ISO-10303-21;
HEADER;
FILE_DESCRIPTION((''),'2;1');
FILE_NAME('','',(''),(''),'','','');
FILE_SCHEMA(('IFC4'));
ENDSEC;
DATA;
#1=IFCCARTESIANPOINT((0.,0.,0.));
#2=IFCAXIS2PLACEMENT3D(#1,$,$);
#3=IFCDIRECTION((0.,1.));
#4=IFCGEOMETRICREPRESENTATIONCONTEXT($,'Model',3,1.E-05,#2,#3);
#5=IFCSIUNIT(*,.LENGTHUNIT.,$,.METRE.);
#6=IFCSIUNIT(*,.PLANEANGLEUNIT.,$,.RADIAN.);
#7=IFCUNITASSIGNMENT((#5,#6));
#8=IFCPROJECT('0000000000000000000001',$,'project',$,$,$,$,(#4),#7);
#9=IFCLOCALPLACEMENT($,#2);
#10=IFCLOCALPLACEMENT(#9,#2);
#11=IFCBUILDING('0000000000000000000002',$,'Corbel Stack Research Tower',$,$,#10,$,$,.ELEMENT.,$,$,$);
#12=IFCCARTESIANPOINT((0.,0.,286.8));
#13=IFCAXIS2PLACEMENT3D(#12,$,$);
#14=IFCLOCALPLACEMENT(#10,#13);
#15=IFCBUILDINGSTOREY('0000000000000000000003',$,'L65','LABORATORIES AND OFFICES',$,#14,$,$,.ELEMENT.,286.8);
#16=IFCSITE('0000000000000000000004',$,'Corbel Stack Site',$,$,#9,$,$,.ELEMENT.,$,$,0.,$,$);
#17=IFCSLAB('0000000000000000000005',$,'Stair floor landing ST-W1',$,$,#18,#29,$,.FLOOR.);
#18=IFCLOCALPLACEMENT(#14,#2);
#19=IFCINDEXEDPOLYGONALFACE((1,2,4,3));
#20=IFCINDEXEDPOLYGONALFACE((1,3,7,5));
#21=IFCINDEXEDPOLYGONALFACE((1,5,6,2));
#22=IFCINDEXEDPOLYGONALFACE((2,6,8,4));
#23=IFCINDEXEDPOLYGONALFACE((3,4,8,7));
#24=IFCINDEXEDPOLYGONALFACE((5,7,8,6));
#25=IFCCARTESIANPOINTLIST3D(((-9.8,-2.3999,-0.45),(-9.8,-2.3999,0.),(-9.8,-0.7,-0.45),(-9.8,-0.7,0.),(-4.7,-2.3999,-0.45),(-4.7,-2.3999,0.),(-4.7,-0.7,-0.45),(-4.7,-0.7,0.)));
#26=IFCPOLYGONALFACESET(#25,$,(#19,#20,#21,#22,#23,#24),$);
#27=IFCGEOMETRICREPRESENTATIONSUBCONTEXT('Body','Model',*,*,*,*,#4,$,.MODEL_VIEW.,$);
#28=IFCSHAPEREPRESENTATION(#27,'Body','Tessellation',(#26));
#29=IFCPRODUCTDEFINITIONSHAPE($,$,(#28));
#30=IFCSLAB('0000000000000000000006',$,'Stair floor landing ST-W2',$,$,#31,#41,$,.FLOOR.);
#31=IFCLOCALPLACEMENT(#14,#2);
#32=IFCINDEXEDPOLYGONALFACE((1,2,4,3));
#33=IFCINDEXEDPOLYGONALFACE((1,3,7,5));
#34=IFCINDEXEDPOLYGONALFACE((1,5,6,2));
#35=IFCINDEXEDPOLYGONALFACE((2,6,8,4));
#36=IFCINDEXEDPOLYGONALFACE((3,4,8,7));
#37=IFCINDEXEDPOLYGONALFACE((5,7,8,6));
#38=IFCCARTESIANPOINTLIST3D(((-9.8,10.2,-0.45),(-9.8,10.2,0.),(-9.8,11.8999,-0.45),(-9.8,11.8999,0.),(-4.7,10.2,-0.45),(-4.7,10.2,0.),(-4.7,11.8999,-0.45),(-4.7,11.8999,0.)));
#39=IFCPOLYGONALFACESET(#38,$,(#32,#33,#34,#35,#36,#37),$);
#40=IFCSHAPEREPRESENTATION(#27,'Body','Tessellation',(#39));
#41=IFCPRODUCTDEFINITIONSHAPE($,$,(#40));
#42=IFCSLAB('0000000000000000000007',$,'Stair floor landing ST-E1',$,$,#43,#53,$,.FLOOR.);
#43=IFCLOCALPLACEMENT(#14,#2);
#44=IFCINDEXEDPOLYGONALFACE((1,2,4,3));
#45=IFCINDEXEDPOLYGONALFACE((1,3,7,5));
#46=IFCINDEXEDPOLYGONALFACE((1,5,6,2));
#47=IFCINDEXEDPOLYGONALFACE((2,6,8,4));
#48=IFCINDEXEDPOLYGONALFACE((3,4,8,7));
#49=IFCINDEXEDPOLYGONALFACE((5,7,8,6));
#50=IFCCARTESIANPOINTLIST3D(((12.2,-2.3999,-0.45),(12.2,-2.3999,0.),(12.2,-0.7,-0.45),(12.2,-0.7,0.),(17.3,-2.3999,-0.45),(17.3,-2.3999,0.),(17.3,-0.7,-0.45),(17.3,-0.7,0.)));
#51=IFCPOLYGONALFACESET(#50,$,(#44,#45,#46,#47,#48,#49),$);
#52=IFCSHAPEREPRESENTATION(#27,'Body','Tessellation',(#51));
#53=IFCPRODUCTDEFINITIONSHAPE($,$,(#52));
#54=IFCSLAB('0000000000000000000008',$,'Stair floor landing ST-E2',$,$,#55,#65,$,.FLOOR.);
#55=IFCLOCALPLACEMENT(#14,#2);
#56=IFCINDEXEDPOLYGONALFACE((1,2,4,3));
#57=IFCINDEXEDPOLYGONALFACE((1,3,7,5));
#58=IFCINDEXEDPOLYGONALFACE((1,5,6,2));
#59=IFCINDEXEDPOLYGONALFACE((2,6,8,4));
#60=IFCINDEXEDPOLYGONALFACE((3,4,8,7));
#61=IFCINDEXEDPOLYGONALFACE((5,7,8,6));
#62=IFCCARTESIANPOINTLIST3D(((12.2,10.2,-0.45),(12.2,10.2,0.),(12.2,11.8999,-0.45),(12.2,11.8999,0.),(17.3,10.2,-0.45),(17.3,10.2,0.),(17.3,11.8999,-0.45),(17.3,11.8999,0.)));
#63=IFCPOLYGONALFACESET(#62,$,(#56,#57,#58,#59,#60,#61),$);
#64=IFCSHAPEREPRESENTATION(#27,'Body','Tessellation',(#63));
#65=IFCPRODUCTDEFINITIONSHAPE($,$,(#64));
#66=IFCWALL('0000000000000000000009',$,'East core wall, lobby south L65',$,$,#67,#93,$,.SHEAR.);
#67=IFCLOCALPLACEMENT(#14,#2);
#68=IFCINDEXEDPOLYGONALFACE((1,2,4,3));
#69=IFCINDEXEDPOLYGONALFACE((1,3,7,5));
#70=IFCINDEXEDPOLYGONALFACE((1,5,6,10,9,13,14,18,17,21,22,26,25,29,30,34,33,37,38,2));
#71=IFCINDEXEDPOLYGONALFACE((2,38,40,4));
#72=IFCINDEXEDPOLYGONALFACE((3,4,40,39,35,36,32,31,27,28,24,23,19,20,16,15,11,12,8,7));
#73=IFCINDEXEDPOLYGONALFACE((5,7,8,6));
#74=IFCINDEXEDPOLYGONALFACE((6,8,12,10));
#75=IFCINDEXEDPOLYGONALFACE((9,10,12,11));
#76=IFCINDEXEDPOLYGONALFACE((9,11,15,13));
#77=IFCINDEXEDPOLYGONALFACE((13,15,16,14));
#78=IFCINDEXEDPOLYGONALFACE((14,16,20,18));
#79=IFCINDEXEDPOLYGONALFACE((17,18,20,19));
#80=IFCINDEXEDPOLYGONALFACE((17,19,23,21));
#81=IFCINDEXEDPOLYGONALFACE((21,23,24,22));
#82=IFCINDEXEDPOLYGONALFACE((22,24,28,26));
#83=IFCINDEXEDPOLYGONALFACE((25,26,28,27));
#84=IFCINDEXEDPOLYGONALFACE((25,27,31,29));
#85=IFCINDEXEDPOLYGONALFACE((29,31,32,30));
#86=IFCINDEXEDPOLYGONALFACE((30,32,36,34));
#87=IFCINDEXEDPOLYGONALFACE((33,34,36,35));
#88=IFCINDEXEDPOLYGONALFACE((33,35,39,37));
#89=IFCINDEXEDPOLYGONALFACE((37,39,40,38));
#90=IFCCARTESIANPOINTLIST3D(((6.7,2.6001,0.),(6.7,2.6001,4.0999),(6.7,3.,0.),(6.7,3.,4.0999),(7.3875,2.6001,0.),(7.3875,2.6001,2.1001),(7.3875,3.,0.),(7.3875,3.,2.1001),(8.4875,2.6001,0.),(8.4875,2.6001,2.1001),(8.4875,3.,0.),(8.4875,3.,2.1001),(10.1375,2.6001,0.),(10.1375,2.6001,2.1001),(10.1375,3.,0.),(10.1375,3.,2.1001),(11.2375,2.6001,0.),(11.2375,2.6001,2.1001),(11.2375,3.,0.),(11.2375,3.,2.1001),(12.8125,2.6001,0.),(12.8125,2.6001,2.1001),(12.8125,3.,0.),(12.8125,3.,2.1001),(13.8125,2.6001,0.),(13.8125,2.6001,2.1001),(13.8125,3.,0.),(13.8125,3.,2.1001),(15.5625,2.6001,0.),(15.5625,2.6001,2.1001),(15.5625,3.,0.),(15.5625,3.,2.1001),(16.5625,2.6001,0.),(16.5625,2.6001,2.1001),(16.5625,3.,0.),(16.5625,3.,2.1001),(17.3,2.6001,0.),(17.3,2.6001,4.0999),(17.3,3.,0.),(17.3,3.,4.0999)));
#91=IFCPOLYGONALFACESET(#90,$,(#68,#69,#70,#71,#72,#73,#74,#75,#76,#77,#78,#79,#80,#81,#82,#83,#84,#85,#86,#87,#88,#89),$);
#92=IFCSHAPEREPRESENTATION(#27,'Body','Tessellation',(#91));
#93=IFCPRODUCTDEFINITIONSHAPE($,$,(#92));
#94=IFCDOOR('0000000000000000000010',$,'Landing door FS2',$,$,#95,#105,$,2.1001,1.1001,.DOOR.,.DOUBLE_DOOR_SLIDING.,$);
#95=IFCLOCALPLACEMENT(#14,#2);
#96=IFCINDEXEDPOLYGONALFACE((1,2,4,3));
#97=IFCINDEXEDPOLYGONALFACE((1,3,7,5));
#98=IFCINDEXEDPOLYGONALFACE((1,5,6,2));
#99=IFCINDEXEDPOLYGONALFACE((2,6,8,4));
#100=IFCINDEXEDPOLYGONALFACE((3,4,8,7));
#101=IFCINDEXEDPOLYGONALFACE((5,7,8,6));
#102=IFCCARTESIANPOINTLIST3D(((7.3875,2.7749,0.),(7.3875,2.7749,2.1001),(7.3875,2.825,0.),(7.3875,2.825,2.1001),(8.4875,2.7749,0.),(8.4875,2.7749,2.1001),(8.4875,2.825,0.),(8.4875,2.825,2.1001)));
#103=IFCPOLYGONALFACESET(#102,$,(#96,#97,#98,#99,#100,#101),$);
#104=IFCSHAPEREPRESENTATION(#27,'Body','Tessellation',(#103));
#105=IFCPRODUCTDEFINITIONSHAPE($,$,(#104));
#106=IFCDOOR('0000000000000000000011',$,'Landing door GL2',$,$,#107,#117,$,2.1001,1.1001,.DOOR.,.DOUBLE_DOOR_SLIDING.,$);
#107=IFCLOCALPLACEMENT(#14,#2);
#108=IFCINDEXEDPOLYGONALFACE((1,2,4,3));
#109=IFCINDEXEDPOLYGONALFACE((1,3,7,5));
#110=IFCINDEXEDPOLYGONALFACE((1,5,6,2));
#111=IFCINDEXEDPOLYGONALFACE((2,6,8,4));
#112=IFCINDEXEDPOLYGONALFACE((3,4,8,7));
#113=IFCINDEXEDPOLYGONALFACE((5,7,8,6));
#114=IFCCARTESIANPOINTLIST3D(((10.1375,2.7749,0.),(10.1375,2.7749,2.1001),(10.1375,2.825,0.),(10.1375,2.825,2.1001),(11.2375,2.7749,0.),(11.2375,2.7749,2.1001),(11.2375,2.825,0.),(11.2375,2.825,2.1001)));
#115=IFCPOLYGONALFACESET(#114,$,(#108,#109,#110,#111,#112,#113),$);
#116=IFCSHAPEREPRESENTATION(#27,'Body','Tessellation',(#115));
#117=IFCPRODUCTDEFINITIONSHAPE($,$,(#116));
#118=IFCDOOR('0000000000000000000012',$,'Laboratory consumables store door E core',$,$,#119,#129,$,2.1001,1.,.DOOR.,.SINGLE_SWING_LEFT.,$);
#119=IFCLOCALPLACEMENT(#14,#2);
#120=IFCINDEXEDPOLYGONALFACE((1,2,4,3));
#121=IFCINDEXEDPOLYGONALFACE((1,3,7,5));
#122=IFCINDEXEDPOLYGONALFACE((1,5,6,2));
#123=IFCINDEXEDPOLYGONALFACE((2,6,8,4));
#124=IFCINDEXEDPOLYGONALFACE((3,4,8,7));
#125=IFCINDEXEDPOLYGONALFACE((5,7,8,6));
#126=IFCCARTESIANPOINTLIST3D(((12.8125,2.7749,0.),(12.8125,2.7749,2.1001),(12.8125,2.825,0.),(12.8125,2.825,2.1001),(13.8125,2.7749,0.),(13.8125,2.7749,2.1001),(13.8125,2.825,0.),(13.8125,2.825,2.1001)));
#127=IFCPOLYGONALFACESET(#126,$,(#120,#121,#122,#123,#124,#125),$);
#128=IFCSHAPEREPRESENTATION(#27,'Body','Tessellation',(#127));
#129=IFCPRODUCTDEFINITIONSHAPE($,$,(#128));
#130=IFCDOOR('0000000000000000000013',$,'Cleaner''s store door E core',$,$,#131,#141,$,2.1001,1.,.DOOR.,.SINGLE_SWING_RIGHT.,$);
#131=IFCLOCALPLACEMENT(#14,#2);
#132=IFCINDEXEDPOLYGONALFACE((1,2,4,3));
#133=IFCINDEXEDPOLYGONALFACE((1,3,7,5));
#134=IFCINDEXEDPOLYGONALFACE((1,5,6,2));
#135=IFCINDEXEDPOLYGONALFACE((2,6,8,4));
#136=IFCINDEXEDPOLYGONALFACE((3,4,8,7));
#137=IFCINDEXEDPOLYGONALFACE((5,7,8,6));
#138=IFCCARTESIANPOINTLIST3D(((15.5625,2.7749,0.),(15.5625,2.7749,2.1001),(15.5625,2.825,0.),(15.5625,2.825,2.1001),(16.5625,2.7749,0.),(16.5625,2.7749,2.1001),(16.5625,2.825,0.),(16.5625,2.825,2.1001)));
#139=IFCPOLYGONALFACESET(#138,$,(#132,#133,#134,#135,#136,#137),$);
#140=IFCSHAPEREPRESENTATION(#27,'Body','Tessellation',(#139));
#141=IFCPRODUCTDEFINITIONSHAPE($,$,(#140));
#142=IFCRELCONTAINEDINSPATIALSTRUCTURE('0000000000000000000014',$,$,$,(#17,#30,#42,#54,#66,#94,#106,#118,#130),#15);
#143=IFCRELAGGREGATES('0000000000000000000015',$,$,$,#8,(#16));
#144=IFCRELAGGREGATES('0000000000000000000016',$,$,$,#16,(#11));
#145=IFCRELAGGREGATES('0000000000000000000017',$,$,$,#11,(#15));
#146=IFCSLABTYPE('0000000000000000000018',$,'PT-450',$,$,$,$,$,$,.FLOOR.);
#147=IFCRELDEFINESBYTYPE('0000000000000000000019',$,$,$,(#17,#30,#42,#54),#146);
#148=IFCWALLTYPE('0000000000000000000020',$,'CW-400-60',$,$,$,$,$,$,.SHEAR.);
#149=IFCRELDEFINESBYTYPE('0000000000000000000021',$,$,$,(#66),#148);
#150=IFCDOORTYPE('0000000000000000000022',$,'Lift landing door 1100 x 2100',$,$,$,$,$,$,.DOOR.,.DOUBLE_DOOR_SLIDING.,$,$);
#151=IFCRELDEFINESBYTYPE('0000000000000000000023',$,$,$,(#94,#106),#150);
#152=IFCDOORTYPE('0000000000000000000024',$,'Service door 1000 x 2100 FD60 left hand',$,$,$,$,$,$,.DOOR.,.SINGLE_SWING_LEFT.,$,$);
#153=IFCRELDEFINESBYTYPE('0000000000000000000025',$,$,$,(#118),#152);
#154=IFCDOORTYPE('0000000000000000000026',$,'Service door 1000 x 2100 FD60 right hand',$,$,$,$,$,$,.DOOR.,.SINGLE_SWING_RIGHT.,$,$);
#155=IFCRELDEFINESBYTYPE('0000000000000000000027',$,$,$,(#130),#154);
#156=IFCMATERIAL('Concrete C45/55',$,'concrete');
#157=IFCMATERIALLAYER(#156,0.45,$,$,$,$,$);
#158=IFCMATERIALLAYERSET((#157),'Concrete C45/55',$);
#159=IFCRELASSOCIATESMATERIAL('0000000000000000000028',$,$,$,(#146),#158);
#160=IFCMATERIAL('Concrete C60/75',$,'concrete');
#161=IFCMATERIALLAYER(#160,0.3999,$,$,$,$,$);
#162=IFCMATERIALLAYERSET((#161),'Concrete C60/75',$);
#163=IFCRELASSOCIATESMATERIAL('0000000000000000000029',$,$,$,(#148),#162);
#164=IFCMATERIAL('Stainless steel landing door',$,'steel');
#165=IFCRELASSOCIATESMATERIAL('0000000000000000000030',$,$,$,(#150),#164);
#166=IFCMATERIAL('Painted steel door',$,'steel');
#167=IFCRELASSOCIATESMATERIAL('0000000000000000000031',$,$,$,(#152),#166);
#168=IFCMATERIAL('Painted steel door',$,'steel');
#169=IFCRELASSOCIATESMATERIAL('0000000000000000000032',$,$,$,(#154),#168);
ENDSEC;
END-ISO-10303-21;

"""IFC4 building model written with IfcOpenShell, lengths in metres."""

from ifc_helpers import new_model, si_unit, direction, frame, frame_2d, origin, place, context, subcontext, project, spatial, polyline, rectangle, outline, extrude, material, layer, layer_set, type_object, element, fill, save


model = new_model("IFC4")

# Units and contexts
model_context = context("Model", 3, precision=1e-05, world=origin(), true_north=direction((0.0, 1.0)))
body_context = subcontext(model_context, "Body", "Model", "MODEL_VIEW")
ifc_project = project(units=[si_unit("LENGTHUNIT", "METRE"), si_unit("PLANEANGLEUNIT", "RADIAN")], contexts=[model_context])

# Site, building, storey
site_placement = place(None, origin())
site = spatial("IfcSite", under=ifc_project, at=site_placement, Name="Corbel Stack Site", CompositionType="ELEMENT", RefElevation=0.0)
building_placement = place(site_placement, origin())
building = spatial("IfcBuilding", under=site, at=building_placement, Name="Corbel Stack Research Tower", CompositionType="ELEMENT")
storey_placement = place(building_placement, frame((0.0, 0.0, 286.8)))
storey = spatial("IfcBuildingStorey", under=building, at=storey_placement, Name="L65", Description="LABORATORIES AND OFFICES", CompositionType="ELEMENT", Elevation=286.8)

# Slabs
ifc_material_1 = material(Name="Concrete C45/55", Category="concrete")
ifc_layer_1 = layer(ifc_material_1, 0.45)
ifc_layer_set_1 = layer_set([ifc_layer_1], Name="Concrete C45/55")
slab_type = type_object("IfcSlabType", Name="PT-450", PredefinedType="FLOOR", material=ifc_layer_set_1)
slab_1_placement = place(storey_placement, frame((0.0, 0.0, -0.45)))
element("IfcSlab", 1, at=slab_1_placement, inside=storey, type_object=slab_type, Name="Stair floor landing ST-W1", PredefinedType="FLOOR", context=body_context, shape_type="SweptSolid", body=[
    extrude(outline(polyline([(-9.8, -2.3999), (-4.7, -2.3999), (-4.7, -0.7), (-9.8, -0.7), (-9.8, -2.3999)])), origin(), (0.0, 0.0, 1.0), 0.45),
])
slab_2_placement = place(storey_placement, frame((0.0, 0.0, -0.45)))
element("IfcSlab", 2, at=slab_2_placement, inside=storey, type_object=slab_type, Name="Stair floor landing ST-W2", PredefinedType="FLOOR", context=body_context, shape_type="SweptSolid", body=[
    extrude(outline(polyline([(-9.8, 10.2), (-4.7, 10.2), (-4.7, 11.8999), (-9.8, 11.8999), (-9.8, 10.2)])), origin(), (0.0, 0.0, 1.0), 0.45),
])
slab_3_placement = place(storey_placement, frame((0.0, 0.0, -0.45)))
element("IfcSlab", 3, at=slab_3_placement, inside=storey, type_object=slab_type, Name="Stair floor landing ST-E1", PredefinedType="FLOOR", context=body_context, shape_type="SweptSolid", body=[
    extrude(outline(polyline([(12.2, -2.3999), (17.3, -2.3999), (17.3, -0.7), (12.2, -0.7), (12.2, -2.3999)])), origin(), (0.0, 0.0, 1.0), 0.45),
])
slab_4_placement = place(storey_placement, frame((0.0, 0.0, -0.45)))
element("IfcSlab", 4, at=slab_4_placement, inside=storey, type_object=slab_type, Name="Stair floor landing ST-E2", PredefinedType="FLOOR", context=body_context, shape_type="SweptSolid", body=[
    extrude(outline(polyline([(12.2, 10.2), (17.3, 10.2), (17.3, 11.8999), (12.2, 11.8999), (12.2, 10.2)])), origin(), (0.0, 0.0, 1.0), 0.45),
])

# Wall, openings, doors
ifc_material_2 = material(Name="Concrete C60/75", Category="concrete")
ifc_layer_2 = layer(ifc_material_2, 0.3999)
ifc_layer_set_2 = layer_set([ifc_layer_2], Name="Concrete C60/75")
wall_type_1 = type_object("IfcWallType", Name="CW-400-60", PredefinedType="SHEAR", material=ifc_layer_set_2)
wall_1_placement = place(storey_placement, frame((6.7, 2.8, 0.0), z_axis=(0.0, 0.0, 1.0), x_axis=(1.0, 0.0, 0.0)))
wall_1 = element("IfcWall", 5, at=wall_1_placement, inside=storey, type_object=wall_type_1, Name="East core wall, lobby south L65", PredefinedType="SHEAR", context=body_context, shape_type="SweptSolid", body=[
    extrude(rectangle(XDim=10.6001, YDim=0.3999, at=frame_2d((5.3, 0.0))), origin(), (0.0, 0.0, 1.0), 4.0999),
])
opening_1_placement = place(wall_1_placement, frame((0.6875, 0.0, 0.0)))
opening_1 = element("IfcOpeningElement", 6, at=opening_1_placement, cuts=wall_1, PredefinedType="OPENING", context=body_context, shape_type="SweptSolid", body=[
    extrude(rectangle(XDim=1.1001, YDim=2.1001, at=frame_2d((0.55, 1.05))), frame((0.0, 0.21, 0.0), z_axis=(0.0, -1.0, 0.0), x_axis=(1.0, 0.0, 0.0)), (0.0, 0.0, 1.0), 0.4199),
])
opening_2_placement = place(wall_1_placement, frame((3.4375, 0.0, 0.0)))
opening_2 = element("IfcOpeningElement", 7, at=opening_2_placement, cuts=wall_1, PredefinedType="OPENING", context=body_context, shape_type="SweptSolid", body=[
    extrude(rectangle(XDim=1.1001, YDim=2.1001, at=frame_2d((0.55, 1.05))), frame((0.0, 0.21, 0.0), z_axis=(0.0, -1.0, 0.0), x_axis=(1.0, 0.0, 0.0)), (0.0, 0.0, 1.0), 0.4199),
])
opening_3_placement = place(wall_1_placement, frame((6.1125, 0.0, 0.0)))
opening_3 = element("IfcOpeningElement", 8, at=opening_3_placement, cuts=wall_1, PredefinedType="OPENING", context=body_context, shape_type="SweptSolid", body=[
    extrude(rectangle(XDim=1.0, YDim=2.1001, at=frame_2d((0.5, 1.05))), frame((0.0, 0.21, 0.0), z_axis=(0.0, -1.0, 0.0), x_axis=(1.0, 0.0, 0.0)), (0.0, 0.0, 1.0), 0.4199),
])
opening_4_placement = place(wall_1_placement, frame((8.8625, 0.0, 0.0)))
opening_4 = element("IfcOpeningElement", 9, at=opening_4_placement, cuts=wall_1, PredefinedType="OPENING", context=body_context, shape_type="SweptSolid", body=[
    extrude(rectangle(XDim=1.0, YDim=2.1001, at=frame_2d((0.5, 1.05))), frame((0.0, 0.21, 0.0), z_axis=(0.0, -1.0, 0.0), x_axis=(1.0, 0.0, 0.0)), (0.0, 0.0, 1.0), 0.4199),
])
ifc_material_3 = material(Name="Stainless steel landing door", Category="steel")
door_type_1 = type_object("IfcDoorType", Name="Lift landing door 1100 x 2100", OperationType="DOUBLE_DOOR_SLIDING", PredefinedType="DOOR", material=ifc_material_3)
door_1_placement = place(opening_1_placement, origin())
door_1 = element("IfcDoor", 10, at=door_1_placement, inside=storey, type_object=door_type_1, Name="Landing door FS2", OperationType="DOUBLE_DOOR_SLIDING", OverallHeight=2.1001, OverallWidth=1.1001, PredefinedType="DOOR", context=body_context, shape_type="SweptSolid", body=[
    extrude(rectangle(XDim=1.1001, YDim=2.1001, at=frame_2d((0.55, 1.05))), frame((0.0, 0.0249, 0.0), z_axis=(0.0, -1.0, 0.0), x_axis=(1.0, 0.0, 0.0)), (0.0, 0.0, 1.0), 0.05),
])
fill(opening_1, door_1)
door_2_placement = place(opening_2_placement, origin())
door_2 = element("IfcDoor", 11, at=door_2_placement, inside=storey, type_object=door_type_1, Name="Landing door GL2", OperationType="DOUBLE_DOOR_SLIDING", OverallHeight=2.1001, OverallWidth=1.1001, PredefinedType="DOOR", context=body_context, shape_type="SweptSolid", body=[
    extrude(rectangle(XDim=1.1001, YDim=2.1001, at=frame_2d((0.55, 1.05))), frame((0.0, 0.0249, 0.0), z_axis=(0.0, -1.0, 0.0), x_axis=(1.0, 0.0, 0.0)), (0.0, 0.0, 1.0), 0.05),
])
fill(opening_2, door_2)
ifc_material_4 = material(Name="Painted steel door", Category="steel")
door_type_2 = type_object("IfcDoorType", Name="Service door 1000 x 2100 FD60 left hand", OperationType="SINGLE_SWING_LEFT", PredefinedType="DOOR", material=ifc_material_4)
door_3_placement = place(opening_3_placement, origin())
door_3 = element("IfcDoor", 12, at=door_3_placement, inside=storey, type_object=door_type_2, Name="Laboratory consumables store door E core", OperationType="SINGLE_SWING_LEFT", OverallHeight=2.1001, OverallWidth=1.0, PredefinedType="DOOR", context=body_context, shape_type="SweptSolid", body=[
    extrude(rectangle(XDim=1.0, YDim=2.1001, at=frame_2d((0.5, 1.05))), frame((0.0, 0.0249, 0.0), z_axis=(0.0, -1.0, 0.0), x_axis=(1.0, 0.0, 0.0)), (0.0, 0.0, 1.0), 0.05),
])
fill(opening_3, door_3)
ifc_material_5 = material(Name="Painted steel door", Category="steel")
door_type_3 = type_object("IfcDoorType", Name="Service door 1000 x 2100 FD60 right hand", OperationType="SINGLE_SWING_RIGHT", PredefinedType="DOOR", material=ifc_material_5)
door_4_placement = place(opening_4_placement, origin())
door_4 = element("IfcDoor", 13, at=door_4_placement, inside=storey, type_object=door_type_3, Name="Cleaner's store door E core", OperationType="SINGLE_SWING_RIGHT", OverallHeight=2.1001, OverallWidth=1.0, PredefinedType="DOOR", context=body_context, shape_type="SweptSolid", body=[
    extrude(rectangle(XDim=1.0, YDim=2.1001, at=frame_2d((0.5, 1.05))), frame((0.0, 0.0249, 0.0), z_axis=(0.0, -1.0, 0.0), x_axis=(1.0, 0.0, 0.0)), (0.0, 0.0, 1.0), 0.05),
])
fill(opening_4, door_4)

save(model, "model.ifc")
